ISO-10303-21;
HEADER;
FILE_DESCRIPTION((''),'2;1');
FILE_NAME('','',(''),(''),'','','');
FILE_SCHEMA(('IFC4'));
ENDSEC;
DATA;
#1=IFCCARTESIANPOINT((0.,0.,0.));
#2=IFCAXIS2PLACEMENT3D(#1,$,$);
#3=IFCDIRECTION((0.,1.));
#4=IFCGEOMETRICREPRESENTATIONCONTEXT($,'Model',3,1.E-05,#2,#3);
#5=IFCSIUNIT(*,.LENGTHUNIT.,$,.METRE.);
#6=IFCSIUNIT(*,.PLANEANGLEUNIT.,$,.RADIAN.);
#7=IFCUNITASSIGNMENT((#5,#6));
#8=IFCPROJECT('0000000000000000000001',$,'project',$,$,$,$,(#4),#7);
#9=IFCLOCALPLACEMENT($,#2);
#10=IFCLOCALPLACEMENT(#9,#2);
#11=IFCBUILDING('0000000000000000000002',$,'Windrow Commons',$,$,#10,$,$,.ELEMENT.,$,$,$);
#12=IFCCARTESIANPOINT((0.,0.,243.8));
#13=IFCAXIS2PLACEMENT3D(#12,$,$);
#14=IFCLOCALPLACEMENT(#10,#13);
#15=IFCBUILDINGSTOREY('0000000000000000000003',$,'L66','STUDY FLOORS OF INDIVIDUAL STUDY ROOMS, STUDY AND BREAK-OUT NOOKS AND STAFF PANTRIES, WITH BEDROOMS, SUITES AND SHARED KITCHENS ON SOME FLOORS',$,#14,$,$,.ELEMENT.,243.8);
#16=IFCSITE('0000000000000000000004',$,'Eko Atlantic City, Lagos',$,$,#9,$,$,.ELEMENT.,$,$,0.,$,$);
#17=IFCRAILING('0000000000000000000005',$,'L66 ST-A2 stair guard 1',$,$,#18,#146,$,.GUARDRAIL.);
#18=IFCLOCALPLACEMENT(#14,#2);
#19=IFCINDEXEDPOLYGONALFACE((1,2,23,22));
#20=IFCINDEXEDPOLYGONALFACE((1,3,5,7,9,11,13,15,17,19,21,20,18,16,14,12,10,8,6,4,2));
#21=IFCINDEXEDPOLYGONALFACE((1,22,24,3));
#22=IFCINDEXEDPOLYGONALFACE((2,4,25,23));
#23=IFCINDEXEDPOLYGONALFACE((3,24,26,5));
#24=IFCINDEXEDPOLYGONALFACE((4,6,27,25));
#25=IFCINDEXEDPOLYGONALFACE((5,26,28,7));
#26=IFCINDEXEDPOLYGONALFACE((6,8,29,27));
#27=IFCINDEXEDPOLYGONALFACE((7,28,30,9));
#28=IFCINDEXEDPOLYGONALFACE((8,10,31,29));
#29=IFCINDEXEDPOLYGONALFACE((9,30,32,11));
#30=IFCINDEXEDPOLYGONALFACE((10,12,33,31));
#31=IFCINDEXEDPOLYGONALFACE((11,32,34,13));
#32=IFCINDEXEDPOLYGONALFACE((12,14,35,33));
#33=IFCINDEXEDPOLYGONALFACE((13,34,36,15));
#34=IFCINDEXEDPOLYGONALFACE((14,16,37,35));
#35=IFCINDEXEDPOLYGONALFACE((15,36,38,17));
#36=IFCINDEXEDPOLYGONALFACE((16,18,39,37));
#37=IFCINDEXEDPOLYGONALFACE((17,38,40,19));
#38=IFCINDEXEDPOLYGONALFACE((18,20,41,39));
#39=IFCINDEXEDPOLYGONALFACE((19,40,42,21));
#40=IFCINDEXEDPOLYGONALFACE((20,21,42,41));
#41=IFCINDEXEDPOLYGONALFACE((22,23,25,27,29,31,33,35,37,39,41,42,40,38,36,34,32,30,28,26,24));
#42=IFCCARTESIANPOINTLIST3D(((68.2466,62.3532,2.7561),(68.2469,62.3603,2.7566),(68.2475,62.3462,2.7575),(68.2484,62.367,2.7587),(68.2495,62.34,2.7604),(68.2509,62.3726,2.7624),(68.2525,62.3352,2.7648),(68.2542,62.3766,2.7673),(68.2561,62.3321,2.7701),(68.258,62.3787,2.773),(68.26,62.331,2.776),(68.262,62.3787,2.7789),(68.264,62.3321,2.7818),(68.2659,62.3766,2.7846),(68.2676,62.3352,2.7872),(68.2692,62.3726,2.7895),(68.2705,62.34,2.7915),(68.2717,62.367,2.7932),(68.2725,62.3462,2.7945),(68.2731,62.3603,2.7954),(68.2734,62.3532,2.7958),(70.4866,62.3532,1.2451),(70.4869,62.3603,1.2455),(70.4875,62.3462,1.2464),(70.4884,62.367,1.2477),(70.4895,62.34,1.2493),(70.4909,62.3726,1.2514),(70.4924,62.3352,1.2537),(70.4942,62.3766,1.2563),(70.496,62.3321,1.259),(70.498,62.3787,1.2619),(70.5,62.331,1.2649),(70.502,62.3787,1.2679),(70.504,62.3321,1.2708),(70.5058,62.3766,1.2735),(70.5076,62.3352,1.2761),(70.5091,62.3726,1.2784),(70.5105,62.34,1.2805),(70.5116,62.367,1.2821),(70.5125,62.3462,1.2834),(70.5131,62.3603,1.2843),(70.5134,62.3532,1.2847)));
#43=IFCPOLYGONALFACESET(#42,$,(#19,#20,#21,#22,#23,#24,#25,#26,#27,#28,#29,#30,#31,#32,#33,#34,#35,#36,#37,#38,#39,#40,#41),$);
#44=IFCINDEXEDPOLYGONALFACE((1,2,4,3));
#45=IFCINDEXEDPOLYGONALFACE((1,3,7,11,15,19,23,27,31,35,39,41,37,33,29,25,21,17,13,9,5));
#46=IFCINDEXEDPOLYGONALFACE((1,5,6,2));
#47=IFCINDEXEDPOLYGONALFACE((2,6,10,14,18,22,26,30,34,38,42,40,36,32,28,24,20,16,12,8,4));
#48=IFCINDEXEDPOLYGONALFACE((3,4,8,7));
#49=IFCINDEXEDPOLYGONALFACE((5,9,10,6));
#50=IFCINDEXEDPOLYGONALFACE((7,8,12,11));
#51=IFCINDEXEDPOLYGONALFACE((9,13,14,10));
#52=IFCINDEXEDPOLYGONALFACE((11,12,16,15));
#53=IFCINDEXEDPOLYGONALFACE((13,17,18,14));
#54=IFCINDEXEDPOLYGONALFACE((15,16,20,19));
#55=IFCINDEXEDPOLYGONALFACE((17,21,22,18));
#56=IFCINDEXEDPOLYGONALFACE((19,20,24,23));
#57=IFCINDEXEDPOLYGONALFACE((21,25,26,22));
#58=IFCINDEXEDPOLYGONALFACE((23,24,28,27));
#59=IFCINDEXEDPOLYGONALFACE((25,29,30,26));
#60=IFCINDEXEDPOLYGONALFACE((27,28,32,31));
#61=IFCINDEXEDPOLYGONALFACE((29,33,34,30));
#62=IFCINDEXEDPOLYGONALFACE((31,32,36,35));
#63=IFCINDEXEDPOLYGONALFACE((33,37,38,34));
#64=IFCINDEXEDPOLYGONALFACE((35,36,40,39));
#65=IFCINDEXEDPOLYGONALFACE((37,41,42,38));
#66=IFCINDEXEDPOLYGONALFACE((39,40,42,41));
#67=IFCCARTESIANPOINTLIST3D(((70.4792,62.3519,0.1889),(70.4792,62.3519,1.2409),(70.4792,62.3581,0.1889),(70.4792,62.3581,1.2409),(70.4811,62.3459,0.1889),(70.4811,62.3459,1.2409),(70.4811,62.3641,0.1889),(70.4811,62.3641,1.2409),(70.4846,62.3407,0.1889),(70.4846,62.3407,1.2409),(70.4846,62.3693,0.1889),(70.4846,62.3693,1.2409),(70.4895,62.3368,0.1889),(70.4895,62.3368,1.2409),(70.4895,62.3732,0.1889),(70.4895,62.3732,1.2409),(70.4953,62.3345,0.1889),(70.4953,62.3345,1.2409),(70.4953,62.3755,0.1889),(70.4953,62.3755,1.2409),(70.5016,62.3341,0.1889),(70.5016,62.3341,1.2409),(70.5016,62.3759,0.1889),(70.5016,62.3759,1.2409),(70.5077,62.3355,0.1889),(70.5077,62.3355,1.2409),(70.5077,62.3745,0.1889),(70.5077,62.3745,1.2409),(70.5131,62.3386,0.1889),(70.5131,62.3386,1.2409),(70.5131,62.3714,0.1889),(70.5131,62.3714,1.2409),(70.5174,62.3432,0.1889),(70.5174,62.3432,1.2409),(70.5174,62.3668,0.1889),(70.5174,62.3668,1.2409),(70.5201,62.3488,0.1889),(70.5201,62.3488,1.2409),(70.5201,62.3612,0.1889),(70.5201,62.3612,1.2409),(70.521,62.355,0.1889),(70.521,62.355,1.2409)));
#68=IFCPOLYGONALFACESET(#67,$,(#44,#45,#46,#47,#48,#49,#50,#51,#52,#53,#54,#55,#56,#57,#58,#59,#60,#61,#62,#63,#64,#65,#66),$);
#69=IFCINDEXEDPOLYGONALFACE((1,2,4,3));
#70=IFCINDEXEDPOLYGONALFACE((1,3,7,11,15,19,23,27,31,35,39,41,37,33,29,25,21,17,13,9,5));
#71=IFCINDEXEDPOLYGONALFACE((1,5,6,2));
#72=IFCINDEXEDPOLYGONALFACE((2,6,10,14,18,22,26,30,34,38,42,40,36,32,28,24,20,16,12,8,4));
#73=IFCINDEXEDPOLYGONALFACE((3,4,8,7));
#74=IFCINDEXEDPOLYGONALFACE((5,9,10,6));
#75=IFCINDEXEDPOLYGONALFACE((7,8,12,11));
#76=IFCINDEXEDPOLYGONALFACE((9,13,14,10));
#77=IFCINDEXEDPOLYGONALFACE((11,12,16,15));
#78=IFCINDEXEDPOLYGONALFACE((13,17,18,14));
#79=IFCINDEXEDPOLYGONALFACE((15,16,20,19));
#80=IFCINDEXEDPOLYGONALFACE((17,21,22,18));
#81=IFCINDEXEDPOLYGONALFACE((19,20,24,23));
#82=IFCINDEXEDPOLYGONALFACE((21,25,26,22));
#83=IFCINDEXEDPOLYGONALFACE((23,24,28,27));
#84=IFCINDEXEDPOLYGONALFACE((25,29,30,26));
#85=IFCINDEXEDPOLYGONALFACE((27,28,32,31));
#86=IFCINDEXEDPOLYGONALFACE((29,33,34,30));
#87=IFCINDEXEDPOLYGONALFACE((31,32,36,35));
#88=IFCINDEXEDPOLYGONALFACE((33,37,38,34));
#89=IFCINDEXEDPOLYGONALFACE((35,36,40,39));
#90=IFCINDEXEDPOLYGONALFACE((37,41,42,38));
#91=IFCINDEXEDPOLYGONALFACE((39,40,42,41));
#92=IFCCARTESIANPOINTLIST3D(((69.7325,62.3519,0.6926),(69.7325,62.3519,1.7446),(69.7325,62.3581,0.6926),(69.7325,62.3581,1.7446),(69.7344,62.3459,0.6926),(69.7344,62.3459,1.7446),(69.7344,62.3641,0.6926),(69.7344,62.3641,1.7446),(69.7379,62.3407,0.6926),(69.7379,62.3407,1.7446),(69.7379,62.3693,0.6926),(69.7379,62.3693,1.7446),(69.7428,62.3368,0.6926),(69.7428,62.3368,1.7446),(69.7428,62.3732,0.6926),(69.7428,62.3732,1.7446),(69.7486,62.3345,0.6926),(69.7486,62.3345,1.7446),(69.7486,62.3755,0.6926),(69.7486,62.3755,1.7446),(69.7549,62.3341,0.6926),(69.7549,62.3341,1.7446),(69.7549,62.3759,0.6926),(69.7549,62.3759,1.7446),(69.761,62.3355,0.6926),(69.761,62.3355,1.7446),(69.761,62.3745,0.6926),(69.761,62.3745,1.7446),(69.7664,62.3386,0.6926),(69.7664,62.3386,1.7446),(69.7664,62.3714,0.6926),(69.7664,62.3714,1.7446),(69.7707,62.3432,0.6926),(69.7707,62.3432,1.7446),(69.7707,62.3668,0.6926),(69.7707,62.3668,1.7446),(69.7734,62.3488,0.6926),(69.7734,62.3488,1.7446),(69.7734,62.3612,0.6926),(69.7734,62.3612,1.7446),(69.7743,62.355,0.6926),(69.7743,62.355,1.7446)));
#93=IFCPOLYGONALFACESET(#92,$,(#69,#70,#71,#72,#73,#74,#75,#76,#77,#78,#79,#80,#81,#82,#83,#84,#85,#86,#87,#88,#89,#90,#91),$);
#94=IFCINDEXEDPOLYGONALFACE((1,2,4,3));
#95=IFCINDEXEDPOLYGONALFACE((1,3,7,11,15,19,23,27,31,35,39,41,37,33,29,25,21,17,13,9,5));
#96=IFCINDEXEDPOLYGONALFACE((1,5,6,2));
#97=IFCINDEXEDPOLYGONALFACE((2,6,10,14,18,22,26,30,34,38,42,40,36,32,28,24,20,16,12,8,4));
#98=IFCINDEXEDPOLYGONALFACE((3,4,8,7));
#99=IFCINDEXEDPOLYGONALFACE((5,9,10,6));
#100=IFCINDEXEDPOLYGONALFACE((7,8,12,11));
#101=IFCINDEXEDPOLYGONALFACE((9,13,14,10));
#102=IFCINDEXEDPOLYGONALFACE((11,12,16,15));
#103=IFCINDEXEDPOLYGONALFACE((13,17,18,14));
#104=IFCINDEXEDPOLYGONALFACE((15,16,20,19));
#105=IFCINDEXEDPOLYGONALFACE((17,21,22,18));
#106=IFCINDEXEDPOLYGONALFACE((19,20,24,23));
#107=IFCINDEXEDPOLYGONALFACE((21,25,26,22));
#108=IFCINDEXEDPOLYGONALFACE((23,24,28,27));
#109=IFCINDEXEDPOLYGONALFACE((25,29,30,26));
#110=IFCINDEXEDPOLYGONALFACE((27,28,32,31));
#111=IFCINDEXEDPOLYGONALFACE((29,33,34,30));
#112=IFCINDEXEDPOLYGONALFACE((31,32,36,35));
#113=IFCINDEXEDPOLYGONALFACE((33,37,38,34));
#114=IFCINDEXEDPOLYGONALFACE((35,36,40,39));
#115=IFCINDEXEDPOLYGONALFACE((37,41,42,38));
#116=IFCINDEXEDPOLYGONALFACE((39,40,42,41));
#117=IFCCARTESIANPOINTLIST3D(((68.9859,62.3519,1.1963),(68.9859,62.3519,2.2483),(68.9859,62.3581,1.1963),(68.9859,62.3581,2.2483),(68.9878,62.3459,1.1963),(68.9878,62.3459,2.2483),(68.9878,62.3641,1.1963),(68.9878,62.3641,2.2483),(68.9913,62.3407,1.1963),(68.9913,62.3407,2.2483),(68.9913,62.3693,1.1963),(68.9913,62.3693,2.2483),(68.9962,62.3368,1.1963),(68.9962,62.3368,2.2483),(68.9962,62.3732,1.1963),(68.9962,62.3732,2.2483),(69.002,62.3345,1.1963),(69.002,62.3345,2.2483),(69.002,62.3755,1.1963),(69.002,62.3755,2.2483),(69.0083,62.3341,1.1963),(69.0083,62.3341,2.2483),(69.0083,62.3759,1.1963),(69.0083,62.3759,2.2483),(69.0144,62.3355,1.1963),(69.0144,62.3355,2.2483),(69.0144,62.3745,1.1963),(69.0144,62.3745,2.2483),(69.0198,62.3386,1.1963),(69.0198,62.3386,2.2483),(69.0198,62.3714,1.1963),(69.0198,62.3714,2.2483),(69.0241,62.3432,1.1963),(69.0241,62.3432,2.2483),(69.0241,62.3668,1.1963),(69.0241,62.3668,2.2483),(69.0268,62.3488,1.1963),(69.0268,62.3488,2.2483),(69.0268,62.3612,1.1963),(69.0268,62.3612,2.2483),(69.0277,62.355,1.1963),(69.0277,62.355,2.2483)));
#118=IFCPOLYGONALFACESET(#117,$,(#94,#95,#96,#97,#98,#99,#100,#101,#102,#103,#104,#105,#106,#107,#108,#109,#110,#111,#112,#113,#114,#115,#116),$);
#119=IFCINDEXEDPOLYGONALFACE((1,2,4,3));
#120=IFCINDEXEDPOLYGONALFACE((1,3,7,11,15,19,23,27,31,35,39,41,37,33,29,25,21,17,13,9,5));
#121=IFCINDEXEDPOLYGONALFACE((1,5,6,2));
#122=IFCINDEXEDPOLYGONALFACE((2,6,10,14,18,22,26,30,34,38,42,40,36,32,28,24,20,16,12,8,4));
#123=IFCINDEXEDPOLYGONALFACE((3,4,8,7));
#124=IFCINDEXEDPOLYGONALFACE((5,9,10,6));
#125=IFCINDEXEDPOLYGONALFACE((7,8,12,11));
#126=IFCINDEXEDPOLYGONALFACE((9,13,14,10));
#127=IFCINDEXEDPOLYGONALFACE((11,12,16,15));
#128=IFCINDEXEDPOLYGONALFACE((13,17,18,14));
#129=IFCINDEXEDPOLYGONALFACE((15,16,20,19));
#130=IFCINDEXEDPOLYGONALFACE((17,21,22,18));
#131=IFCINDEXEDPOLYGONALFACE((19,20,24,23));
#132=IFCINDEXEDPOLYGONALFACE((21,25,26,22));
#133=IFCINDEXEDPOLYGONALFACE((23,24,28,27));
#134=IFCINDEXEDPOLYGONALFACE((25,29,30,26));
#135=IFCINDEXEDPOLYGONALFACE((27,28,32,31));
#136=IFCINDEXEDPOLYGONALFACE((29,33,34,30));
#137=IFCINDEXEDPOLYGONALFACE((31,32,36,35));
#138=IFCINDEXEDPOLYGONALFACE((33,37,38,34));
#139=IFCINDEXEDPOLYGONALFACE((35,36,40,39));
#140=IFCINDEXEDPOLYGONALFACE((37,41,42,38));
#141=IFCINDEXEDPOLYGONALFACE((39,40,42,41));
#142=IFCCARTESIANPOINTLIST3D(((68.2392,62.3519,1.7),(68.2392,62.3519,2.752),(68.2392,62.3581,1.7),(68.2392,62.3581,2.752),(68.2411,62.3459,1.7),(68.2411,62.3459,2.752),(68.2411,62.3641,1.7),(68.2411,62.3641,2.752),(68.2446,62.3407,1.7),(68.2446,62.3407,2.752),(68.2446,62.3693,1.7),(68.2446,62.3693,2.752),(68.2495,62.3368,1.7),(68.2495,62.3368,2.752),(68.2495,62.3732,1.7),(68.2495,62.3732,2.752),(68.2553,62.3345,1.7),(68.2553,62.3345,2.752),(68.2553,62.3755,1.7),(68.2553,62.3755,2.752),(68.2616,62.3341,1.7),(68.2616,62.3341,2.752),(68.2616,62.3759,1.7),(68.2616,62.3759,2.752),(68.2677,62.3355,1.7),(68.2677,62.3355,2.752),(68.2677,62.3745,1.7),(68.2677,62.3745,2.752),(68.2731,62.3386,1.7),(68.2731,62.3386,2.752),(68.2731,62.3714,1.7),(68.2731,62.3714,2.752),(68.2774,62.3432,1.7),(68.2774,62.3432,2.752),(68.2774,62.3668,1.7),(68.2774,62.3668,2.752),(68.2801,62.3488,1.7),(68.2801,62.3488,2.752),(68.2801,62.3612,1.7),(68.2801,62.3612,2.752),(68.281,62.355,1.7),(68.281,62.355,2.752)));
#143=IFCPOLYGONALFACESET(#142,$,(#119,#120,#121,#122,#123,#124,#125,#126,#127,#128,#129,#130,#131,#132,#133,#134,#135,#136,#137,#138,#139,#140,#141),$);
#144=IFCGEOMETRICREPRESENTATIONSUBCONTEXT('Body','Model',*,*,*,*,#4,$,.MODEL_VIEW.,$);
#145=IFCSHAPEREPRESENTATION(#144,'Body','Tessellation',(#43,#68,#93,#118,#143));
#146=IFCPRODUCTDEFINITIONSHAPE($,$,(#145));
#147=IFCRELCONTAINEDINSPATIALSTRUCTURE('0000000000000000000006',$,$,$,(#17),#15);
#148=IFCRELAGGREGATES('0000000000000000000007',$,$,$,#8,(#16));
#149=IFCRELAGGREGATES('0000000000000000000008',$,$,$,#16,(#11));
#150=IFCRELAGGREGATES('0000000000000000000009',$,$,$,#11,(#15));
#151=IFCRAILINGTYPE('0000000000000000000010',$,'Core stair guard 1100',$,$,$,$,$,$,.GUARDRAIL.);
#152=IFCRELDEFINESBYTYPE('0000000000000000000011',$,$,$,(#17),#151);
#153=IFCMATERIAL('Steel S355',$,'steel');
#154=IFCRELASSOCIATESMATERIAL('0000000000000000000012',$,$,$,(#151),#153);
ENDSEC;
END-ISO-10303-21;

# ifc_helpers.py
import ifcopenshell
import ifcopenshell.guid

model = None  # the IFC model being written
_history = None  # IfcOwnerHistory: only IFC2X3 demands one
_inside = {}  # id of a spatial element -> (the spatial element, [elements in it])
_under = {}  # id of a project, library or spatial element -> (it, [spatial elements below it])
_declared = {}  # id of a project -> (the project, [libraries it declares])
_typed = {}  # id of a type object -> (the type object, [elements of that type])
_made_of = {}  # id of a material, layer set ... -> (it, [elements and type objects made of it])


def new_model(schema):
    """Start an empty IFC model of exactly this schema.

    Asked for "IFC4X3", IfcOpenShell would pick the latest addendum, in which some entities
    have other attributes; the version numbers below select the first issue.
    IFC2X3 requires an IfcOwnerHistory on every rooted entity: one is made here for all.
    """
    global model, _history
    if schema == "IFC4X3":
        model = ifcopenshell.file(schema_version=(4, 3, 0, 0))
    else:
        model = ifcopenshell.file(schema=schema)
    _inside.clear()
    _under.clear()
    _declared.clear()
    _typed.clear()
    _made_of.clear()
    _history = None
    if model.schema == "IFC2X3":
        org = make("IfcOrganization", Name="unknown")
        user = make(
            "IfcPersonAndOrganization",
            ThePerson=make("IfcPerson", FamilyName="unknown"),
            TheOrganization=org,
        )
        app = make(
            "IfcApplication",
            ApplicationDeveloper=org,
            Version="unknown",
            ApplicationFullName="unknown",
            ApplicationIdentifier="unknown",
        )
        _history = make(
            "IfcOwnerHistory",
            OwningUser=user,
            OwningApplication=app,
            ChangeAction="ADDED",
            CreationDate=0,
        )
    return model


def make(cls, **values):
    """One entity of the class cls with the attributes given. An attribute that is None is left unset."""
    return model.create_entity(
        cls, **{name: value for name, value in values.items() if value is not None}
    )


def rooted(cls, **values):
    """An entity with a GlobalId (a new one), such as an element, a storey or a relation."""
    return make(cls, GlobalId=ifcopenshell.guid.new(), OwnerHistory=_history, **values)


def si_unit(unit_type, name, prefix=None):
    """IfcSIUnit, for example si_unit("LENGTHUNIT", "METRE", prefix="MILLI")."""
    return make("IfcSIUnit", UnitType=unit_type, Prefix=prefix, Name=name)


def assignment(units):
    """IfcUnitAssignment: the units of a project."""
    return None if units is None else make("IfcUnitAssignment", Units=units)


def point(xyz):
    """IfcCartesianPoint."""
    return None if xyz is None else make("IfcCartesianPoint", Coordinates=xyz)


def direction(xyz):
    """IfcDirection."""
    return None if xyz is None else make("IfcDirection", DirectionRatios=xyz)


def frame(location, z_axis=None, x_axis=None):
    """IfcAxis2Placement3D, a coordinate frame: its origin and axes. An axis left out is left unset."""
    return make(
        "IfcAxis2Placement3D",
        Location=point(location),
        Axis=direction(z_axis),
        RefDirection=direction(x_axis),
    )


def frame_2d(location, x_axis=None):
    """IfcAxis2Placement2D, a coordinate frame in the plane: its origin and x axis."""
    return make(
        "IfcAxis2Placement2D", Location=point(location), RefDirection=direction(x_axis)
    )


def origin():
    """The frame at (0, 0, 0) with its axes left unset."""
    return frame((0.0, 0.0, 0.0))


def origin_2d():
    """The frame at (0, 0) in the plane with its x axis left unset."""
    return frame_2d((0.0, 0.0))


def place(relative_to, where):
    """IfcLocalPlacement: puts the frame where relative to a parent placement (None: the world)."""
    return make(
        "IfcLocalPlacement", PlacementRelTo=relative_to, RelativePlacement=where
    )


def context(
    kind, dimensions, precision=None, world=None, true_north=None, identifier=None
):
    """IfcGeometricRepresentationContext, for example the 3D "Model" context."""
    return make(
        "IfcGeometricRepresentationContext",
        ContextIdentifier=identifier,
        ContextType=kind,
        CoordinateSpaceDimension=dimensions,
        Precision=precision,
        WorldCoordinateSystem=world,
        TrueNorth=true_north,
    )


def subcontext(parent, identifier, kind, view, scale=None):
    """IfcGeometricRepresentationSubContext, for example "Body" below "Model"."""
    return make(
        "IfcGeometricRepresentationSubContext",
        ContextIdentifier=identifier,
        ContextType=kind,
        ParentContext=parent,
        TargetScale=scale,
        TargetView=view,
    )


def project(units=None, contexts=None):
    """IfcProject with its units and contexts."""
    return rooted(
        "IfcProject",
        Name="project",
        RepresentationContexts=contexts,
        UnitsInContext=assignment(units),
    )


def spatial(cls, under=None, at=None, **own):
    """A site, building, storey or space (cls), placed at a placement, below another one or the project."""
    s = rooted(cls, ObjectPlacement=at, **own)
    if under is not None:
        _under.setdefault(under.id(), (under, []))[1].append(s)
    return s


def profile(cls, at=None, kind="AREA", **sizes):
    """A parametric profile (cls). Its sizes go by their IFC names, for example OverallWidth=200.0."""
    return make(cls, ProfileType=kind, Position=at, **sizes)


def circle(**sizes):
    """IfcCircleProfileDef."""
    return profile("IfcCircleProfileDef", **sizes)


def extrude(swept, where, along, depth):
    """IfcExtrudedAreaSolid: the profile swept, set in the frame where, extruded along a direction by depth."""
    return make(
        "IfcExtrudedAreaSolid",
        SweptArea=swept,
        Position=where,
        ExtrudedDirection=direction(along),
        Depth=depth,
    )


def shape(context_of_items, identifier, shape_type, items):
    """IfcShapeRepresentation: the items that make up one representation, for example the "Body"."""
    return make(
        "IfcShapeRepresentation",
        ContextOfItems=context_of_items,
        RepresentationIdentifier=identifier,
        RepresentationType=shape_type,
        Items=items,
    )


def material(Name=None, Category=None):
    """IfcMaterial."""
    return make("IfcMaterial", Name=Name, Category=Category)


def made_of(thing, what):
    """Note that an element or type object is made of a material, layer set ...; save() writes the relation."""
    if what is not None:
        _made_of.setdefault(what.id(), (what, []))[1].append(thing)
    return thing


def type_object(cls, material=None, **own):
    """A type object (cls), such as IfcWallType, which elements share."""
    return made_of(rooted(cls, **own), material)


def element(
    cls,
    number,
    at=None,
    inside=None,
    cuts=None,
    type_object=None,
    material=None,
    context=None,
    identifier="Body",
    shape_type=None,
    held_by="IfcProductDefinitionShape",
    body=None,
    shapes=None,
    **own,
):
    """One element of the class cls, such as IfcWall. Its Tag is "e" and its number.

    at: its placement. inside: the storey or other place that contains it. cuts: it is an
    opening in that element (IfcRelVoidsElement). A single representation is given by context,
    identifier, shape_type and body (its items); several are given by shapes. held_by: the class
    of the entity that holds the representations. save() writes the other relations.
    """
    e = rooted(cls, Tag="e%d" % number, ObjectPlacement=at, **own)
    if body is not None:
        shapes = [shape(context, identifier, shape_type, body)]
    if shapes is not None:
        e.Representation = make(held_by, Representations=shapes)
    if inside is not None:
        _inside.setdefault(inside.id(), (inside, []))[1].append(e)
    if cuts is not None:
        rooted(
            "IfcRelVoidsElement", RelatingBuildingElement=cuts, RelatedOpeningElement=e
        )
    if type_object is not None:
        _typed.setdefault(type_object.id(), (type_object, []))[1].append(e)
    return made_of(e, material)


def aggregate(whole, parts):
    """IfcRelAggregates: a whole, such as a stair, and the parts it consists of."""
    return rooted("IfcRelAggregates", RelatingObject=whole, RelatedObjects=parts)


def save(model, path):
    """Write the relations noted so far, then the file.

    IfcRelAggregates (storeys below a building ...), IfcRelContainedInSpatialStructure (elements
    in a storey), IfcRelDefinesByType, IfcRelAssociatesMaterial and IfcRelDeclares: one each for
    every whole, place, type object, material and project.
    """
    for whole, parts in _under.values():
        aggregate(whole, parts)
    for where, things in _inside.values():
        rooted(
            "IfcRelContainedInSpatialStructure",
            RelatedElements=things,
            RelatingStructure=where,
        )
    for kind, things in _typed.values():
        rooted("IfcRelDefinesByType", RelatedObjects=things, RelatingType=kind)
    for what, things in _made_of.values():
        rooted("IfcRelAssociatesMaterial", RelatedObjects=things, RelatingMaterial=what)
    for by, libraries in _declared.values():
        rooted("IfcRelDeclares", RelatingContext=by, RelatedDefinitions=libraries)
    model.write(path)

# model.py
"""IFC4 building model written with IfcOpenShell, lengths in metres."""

from ifc_helpers import new_model, si_unit, direction, frame, origin, origin_2d, place, context, subcontext, project, spatial, circle, extrude, material, type_object, element, save


model = new_model("IFC4")

# Units and contexts
model_context = context("Model", 3, precision=1e-05, world=origin(), true_north=direction((0.0, 1.0)))
body_context = subcontext(model_context, "Body", "Model", "MODEL_VIEW")
ifc_project = project(units=[si_unit("LENGTHUNIT", "METRE"), si_unit("PLANEANGLEUNIT", "RADIAN")], contexts=[model_context])

# Site, building, storey
site_placement = place(None, origin())
site = spatial("IfcSite", under=ifc_project, at=site_placement, Name="Eko Atlantic City, Lagos", CompositionType="ELEMENT", RefElevation=0.0)
building_placement = place(site_placement, origin())
building = spatial("IfcBuilding", under=site, at=building_placement, Name="Windrow Commons", CompositionType="ELEMENT")
storey_placement = place(building_placement, frame((0.0, 0.0, 243.8)))
storey = spatial("IfcBuildingStorey", under=building, at=storey_placement, Name="L66", Description="STUDY FLOORS OF INDIVIDUAL STUDY ROOMS, STUDY AND BREAK-OUT NOOKS AND STAFF PANTRIES, WITH BEDROOMS, SUITES AND SHARED KITCHENS ON SOME FLOORS", CompositionType="ELEMENT", Elevation=243.8)

# Railing
ifc_material_1 = material(Name="Steel S355", Category="steel")
railing_type_1 = type_object("IfcRailingType", Name="Core stair guard 1100", PredefinedType="GUARDRAIL", material=ifc_material_1)
railing_1_placement = place(storey_placement, frame((70.5, 62.355, 0.1889)))
element("IfcRailing", 1, at=railing_1_placement, inside=storey, type_object=railing_type_1, Name="L66 ST-A2 stair guard 1", PredefinedType="GUARDRAIL", context=body_context, shape_type="SweptSolid", body=[
    extrude(circle(Radius=0.024, at=origin_2d()), frame((0.0, 0.0, 1.076), z_axis=(-0.829003, 0.0, 0.559244), x_axis=(0.0, -1.0, 0.0)), (0.0, 0.0, 1.0), 2.702),
    extrude(circle(Radius=0.021, at=origin_2d()), origin(), (0.0, 0.0, 1.0), 1.052),
    extrude(circle(Radius=0.021, at=origin_2d()), frame((-0.7467, 0.0, 0.5037)), (0.0, 0.0, 1.0), 1.052),
    extrude(circle(Radius=0.021, at=origin_2d()), frame((-1.4933, 0.0, 1.0074)), (0.0, 0.0, 1.0), 1.052),
    extrude(circle(Radius=0.021, at=origin_2d()), frame((-2.24, 0.0, 1.5111)), (0.0, 0.0, 1.0), 1.052),
])

save(model, "model.ifc")
